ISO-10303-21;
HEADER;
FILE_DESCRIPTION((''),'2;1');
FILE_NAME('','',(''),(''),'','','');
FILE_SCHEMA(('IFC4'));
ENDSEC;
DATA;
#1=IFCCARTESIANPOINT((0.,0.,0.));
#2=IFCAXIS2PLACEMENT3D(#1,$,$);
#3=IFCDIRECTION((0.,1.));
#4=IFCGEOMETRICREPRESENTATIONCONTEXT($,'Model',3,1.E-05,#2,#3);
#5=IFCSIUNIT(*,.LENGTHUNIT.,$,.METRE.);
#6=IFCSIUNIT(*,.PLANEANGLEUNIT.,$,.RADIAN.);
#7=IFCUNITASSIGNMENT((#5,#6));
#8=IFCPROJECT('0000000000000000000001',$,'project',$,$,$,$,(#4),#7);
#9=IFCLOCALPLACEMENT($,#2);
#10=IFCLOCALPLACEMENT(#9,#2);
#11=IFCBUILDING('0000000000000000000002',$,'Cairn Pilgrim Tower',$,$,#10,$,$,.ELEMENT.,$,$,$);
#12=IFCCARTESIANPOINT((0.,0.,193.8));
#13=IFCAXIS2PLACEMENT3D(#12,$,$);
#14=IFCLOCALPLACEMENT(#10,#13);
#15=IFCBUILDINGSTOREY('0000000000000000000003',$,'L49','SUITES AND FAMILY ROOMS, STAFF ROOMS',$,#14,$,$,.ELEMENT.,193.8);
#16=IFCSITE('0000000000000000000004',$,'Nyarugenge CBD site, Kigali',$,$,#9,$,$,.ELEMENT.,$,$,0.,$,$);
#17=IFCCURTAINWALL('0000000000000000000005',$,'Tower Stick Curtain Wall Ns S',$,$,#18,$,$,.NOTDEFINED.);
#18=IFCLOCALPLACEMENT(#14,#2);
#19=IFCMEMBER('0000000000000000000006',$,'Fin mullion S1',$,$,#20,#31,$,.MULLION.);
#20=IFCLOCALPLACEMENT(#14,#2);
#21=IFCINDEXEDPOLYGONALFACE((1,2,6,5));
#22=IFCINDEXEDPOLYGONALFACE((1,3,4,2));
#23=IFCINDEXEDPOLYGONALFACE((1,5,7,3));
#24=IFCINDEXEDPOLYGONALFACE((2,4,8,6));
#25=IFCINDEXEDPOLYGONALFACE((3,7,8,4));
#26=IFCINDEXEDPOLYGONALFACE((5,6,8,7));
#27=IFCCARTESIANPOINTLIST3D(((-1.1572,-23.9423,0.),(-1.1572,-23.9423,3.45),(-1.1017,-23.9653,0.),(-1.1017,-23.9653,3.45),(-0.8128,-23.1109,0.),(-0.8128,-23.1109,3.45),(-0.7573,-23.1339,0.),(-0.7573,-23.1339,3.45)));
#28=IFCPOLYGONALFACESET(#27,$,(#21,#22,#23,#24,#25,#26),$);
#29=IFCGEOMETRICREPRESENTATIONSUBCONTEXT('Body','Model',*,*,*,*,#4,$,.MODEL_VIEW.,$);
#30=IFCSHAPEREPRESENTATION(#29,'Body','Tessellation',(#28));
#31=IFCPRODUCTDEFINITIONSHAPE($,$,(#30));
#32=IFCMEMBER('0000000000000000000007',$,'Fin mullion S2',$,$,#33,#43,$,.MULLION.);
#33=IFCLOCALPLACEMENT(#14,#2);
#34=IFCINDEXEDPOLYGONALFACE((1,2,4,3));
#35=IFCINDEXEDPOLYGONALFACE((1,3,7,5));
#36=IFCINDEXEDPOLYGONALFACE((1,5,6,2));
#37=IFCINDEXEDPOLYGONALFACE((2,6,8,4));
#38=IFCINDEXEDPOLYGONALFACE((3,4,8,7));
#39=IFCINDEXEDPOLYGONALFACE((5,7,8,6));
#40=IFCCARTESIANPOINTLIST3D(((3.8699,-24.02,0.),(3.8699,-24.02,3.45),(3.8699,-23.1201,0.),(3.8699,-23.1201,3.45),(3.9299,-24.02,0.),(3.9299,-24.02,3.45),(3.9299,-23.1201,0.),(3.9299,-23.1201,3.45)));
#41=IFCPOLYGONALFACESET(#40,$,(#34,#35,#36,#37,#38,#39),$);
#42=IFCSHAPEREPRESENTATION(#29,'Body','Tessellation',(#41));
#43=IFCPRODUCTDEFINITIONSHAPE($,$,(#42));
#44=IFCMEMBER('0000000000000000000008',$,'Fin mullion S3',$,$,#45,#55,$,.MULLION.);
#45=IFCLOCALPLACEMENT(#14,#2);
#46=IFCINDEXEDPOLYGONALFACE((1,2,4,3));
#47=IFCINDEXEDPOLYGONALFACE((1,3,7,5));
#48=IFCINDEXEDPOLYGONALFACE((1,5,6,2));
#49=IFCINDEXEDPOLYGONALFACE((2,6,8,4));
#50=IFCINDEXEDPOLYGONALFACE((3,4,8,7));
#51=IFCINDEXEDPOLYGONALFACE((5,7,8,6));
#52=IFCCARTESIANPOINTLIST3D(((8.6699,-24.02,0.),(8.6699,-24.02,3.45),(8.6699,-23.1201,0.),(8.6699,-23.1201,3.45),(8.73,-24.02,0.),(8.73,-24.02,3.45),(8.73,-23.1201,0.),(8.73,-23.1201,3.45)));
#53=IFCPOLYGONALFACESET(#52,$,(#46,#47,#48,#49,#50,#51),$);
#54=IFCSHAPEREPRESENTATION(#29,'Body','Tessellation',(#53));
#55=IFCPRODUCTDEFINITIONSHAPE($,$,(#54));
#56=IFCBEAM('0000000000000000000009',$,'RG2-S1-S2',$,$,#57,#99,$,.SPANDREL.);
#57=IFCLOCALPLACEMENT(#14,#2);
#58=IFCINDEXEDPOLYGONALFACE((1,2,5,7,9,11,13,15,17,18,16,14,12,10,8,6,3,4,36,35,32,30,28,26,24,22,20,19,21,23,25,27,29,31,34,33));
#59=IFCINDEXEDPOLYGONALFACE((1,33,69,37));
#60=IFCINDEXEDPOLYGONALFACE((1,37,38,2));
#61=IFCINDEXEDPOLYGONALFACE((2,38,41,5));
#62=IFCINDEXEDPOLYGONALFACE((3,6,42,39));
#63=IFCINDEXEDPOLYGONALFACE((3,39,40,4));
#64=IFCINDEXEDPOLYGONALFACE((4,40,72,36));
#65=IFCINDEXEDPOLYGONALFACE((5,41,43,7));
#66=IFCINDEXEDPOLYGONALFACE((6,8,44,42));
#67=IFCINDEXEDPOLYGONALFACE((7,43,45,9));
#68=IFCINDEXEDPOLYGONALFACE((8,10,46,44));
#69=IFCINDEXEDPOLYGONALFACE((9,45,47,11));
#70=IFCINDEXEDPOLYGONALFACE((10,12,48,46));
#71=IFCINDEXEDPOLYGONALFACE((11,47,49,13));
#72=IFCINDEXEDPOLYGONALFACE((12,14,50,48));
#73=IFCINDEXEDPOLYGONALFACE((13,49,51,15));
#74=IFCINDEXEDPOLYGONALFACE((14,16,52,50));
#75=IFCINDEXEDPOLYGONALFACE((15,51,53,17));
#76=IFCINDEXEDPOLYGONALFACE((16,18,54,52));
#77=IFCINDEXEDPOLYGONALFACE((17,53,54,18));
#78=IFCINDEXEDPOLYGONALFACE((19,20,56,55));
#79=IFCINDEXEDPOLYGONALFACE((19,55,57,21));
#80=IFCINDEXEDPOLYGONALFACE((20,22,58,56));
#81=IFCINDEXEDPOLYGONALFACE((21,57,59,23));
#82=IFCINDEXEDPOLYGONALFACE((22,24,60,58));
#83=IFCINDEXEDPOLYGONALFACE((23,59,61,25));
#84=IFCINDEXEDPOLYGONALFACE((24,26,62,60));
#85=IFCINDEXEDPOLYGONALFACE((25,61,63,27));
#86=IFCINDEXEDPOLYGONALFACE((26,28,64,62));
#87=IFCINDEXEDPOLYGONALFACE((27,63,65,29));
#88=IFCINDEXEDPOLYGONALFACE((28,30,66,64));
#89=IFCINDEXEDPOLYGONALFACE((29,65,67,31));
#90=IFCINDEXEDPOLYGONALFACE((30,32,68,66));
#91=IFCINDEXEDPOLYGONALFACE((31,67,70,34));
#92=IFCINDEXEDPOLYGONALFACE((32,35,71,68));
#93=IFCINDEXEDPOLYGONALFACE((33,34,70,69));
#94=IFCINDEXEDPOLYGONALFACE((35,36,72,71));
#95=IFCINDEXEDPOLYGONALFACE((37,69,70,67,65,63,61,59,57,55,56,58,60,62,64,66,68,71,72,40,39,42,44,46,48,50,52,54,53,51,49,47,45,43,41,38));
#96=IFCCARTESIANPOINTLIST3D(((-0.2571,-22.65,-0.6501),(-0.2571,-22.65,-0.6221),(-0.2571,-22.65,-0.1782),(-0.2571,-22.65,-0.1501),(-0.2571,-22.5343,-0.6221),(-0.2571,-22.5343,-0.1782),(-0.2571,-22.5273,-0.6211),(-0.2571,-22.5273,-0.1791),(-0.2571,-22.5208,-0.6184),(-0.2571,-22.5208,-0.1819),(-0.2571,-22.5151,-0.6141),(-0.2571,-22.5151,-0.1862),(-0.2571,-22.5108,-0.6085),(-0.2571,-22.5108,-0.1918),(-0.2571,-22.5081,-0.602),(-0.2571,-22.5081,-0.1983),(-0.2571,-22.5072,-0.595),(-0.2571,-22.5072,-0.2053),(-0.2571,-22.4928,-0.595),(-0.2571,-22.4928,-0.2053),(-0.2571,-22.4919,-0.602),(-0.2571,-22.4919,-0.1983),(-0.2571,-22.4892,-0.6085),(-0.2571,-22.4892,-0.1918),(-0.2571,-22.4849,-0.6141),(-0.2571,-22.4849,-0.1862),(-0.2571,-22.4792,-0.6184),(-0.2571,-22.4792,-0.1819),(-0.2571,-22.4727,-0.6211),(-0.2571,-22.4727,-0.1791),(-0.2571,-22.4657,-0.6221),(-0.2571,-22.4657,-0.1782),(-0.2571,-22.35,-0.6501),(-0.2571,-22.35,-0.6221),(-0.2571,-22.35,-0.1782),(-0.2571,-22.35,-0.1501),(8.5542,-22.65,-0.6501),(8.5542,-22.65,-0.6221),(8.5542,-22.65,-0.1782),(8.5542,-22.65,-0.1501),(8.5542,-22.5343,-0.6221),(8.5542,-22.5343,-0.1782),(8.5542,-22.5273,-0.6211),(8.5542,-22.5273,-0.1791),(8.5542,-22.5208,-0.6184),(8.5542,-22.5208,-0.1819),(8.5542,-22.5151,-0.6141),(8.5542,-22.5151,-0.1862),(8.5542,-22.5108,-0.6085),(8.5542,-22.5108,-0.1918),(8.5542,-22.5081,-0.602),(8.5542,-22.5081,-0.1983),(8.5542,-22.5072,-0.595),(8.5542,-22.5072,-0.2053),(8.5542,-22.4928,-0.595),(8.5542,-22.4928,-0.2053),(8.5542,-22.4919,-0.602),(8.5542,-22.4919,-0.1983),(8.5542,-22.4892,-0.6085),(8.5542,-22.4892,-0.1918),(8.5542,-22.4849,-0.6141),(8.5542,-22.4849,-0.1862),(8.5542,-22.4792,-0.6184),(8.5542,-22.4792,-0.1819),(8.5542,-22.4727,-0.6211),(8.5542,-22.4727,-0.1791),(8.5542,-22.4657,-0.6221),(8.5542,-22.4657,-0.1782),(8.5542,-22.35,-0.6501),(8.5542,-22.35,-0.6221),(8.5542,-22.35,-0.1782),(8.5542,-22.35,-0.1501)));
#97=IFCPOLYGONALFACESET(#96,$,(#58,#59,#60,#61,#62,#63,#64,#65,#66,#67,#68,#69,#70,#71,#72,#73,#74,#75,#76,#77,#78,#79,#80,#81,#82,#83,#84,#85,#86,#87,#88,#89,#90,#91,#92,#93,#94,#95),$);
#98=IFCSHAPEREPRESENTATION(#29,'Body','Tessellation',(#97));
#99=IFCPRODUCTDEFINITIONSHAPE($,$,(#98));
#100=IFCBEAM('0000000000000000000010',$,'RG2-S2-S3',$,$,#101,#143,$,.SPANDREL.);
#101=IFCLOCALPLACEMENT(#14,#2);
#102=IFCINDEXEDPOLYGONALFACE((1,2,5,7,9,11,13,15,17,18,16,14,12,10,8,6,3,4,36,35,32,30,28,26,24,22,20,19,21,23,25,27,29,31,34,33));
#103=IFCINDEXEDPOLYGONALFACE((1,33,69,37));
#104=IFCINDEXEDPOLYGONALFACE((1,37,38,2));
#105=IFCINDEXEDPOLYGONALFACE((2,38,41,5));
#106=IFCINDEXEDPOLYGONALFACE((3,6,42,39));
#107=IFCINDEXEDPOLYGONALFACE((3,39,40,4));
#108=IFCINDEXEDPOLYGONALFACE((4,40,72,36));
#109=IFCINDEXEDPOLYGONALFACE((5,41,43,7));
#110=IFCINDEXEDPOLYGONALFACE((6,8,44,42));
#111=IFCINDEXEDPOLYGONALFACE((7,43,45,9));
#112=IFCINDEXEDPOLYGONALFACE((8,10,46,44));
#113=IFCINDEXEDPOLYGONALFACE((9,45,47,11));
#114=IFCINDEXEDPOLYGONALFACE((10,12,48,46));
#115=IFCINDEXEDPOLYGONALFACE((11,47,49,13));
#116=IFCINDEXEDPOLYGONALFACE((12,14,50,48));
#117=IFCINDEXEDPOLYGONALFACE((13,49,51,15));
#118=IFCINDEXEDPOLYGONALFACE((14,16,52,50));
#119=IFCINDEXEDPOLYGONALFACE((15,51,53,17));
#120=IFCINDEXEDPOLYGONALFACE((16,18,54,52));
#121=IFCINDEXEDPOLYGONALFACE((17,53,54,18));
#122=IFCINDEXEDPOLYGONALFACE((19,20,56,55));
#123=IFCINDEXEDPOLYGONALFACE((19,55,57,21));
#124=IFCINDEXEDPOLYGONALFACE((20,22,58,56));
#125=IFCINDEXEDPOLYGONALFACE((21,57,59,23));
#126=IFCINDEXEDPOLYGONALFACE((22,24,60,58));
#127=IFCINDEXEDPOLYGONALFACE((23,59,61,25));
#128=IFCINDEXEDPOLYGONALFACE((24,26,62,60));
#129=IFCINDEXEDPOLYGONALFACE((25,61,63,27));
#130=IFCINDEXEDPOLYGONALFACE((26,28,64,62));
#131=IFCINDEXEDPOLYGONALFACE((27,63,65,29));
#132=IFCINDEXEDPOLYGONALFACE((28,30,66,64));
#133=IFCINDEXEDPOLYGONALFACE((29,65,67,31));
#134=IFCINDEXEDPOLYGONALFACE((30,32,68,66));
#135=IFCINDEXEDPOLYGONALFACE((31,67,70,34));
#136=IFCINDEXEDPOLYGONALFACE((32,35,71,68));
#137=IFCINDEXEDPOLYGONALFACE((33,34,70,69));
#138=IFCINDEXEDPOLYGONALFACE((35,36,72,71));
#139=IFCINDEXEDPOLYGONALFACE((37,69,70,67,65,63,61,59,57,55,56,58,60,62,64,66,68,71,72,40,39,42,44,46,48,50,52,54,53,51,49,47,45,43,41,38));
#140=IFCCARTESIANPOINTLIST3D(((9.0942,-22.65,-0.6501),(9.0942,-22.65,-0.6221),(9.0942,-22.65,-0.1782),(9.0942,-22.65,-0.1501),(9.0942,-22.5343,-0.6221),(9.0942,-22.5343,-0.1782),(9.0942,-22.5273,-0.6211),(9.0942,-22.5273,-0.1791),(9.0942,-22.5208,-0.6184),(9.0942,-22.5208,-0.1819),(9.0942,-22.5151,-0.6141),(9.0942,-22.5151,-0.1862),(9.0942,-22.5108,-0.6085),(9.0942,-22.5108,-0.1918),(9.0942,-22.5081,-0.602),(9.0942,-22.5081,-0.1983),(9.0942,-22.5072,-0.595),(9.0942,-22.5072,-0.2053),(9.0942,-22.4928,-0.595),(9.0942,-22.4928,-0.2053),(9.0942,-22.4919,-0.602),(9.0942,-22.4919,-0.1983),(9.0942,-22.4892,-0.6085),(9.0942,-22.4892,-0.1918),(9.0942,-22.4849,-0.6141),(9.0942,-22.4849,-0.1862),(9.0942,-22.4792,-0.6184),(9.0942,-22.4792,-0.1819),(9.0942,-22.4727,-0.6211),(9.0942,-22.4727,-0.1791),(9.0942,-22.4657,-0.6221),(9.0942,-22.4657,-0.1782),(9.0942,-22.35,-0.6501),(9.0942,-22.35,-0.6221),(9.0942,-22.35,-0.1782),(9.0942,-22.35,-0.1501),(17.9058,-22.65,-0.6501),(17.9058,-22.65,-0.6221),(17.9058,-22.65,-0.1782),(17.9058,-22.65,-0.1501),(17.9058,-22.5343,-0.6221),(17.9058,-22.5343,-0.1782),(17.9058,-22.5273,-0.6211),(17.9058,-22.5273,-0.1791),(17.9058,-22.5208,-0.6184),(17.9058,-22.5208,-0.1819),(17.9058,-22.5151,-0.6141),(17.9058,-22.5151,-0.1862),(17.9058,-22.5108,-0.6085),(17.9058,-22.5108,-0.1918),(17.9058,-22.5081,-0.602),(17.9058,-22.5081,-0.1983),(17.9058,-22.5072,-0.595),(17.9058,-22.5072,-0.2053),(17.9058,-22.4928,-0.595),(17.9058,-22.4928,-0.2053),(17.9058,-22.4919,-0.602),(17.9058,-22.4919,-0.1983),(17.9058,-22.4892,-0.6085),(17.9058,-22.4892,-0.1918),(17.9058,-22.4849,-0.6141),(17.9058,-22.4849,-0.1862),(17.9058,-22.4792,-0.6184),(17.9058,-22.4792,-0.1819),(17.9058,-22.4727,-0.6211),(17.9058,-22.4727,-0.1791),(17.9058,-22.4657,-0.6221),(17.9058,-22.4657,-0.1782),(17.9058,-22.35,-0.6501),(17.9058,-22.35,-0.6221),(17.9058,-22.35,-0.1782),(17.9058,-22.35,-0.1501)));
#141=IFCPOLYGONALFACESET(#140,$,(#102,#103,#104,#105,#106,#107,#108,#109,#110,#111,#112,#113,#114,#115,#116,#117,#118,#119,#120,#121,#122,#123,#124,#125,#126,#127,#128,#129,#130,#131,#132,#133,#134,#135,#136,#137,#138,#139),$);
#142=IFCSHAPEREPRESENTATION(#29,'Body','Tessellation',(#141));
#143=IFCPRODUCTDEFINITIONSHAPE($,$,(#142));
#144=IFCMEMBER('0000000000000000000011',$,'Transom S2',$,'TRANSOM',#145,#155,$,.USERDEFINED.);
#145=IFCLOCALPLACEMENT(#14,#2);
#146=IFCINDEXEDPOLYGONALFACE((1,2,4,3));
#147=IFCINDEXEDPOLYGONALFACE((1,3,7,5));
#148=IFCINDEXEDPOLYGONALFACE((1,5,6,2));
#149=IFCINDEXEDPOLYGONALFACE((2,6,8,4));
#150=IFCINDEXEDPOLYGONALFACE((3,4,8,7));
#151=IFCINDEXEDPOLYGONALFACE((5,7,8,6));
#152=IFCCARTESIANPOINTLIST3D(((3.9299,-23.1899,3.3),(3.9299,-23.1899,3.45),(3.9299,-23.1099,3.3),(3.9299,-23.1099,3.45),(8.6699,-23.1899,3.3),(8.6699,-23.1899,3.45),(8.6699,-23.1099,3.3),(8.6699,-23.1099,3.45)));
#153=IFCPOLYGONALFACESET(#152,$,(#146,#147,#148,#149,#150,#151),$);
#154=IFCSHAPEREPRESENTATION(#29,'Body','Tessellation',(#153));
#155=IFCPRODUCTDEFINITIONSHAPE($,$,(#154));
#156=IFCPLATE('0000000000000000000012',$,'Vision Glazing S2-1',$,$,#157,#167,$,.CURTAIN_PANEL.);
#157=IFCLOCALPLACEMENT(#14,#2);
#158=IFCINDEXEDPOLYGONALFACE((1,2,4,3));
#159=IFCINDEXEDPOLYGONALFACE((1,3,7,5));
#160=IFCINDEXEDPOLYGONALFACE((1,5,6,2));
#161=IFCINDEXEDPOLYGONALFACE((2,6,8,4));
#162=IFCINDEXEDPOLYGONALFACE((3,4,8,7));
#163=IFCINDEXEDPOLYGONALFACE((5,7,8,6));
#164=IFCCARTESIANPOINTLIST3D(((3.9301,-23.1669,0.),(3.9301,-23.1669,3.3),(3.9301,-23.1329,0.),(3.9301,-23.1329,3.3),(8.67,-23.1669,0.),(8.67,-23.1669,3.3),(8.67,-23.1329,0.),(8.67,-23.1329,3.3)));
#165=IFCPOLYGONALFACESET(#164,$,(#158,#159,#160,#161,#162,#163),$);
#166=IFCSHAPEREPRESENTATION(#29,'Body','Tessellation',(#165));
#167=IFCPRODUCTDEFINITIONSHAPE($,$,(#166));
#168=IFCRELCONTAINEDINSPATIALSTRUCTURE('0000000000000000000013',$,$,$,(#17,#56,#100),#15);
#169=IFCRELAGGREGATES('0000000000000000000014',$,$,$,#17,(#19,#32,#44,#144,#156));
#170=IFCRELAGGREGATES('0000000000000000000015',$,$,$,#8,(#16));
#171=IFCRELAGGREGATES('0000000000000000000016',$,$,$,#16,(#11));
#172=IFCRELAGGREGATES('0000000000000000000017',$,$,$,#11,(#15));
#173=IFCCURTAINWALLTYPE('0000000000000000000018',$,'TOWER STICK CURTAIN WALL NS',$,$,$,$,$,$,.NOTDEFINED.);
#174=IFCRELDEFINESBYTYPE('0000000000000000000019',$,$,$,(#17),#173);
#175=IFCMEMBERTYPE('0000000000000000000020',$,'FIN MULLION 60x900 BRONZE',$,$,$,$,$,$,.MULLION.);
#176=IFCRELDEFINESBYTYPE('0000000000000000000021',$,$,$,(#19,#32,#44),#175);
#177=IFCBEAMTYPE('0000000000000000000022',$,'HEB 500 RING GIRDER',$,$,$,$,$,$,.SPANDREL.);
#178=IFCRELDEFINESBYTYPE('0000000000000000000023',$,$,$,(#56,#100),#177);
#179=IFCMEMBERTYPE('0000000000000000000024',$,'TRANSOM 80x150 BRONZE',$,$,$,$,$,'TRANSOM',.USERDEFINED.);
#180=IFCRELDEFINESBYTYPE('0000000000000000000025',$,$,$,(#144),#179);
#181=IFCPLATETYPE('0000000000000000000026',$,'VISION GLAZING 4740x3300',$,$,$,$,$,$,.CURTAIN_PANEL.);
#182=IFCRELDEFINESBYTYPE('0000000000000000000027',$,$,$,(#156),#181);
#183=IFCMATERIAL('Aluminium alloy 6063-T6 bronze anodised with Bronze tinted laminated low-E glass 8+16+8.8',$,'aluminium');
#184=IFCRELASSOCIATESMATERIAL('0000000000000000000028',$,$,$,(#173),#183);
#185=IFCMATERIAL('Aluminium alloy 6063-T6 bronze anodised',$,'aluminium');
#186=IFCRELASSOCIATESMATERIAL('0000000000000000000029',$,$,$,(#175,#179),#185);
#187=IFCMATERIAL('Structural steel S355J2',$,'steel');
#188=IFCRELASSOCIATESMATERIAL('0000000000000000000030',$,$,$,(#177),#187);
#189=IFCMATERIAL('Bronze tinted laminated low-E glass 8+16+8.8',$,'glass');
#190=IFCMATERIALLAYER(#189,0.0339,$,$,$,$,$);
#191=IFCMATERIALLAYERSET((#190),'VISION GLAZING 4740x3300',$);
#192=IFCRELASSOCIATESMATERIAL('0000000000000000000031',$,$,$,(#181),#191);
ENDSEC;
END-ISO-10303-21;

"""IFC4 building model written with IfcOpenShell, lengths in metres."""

from ifc_helpers import new_model, si_unit, direction, frame, origin, origin_2d, place, context, subcontext, project, spatial, rectangle, i_section, extrude, material, layer, layer_set, material_profile, profile_set, type_object, element, aggregate, save


model = new_model("IFC4")

# Units and contexts
model_context = context("Model", 3, precision=1e-05, world=origin(), true_north=direction((0.0, 1.0)))
body_context = subcontext(model_context, "Body", "Model", "MODEL_VIEW")
ifc_project = project(units=[si_unit("LENGTHUNIT", "METRE"), si_unit("PLANEANGLEUNIT", "RADIAN")], contexts=[model_context])

# Site, building, storey
site_placement = place(None, origin())
site = spatial("IfcSite", under=ifc_project, at=site_placement, Name="Nyarugenge CBD site, Kigali", CompositionType="ELEMENT", RefElevation=0.0)
building_placement = place(site_placement, origin())
building = spatial("IfcBuilding", under=site, at=building_placement, Name="Cairn Pilgrim Tower", CompositionType="ELEMENT")
storey_placement = place(building_placement, frame((0.0, 0.0, 193.8)))
storey = spatial("IfcBuildingStorey", under=building, at=storey_placement, Name="L49", Description="SUITES AND FAMILY ROOMS, STAFF ROOMS", CompositionType="ELEMENT", Elevation=193.8)

# Curtain wall, members
ifc_material_1 = material(Name="Aluminium alloy 6063-T6 bronze anodised with Bronze tinted laminated low-E glass 8+16+8.8", Category="aluminium")
curtain_wall_type = type_object("IfcCurtainWallType", Name="TOWER STICK CURTAIN WALL NS", PredefinedType="NOTDEFINED", material=ifc_material_1)
curtain_wall_placement = place(storey_placement, origin())
curtain_wall = element("IfcCurtainWall", 1, at=curtain_wall_placement, inside=storey, type_object=curtain_wall_type, Name="Tower Stick Curtain Wall Ns S", PredefinedType="NOTDEFINED")
ifc_material_2 = material(Name="Aluminium alloy 6063-T6 bronze anodised", Category="aluminium")
ifc_material_profile_1 = material_profile(ifc_material_2, rectangle(XDim=0.8999, YDim=0.0601, at=origin_2d()), Name="FIN MULLION 60x900 BRONZE")
ifc_profile_set_1 = profile_set([ifc_material_profile_1], Name="Aluminium alloy 6063-T6 bronze anodised")
member_type_1 = type_object("IfcMemberType", Name="FIN MULLION 60x900 BRONZE", PredefinedType="MULLION", material=ifc_profile_set_1)
member_1_placement = place(storey_placement, frame((-0.9573, -23.5381, 0.0), z_axis=(0.0, 0.0, 1.0), x_axis=(-0.382683, -0.92388, 0.0)))
member_1 = element("IfcMember", 2, at=member_1_placement, type_object=member_type_1, Name="Fin mullion S1", PredefinedType="MULLION", context=body_context, shape_type="SweptSolid", body=[
    extrude(rectangle(XDim=0.8999, YDim=0.0601, at=origin_2d()), origin(), (0.0, 0.0, 1.0), 3.45),
])
member_2_placement = place(storey_placement, frame((3.8999, -23.5701, 0.0), z_axis=(0.0, 0.0, 1.0), x_axis=(0.0, -1.0, 0.0)))
member_2 = element("IfcMember", 3, at=member_2_placement, type_object=member_type_1, Name="Fin mullion S2", PredefinedType="MULLION", context=body_context, shape_type="SweptSolid", body=[
    extrude(rectangle(XDim=0.8999, YDim=0.0601, at=origin_2d()), origin(), (0.0, 0.0, 1.0), 3.45),
])
member_3_placement = place(storey_placement, frame((8.7, -23.5701, 0.0), z_axis=(0.0, 0.0, 1.0), x_axis=(0.0, -1.0, 0.0)))
member_3 = element("IfcMember", 4, at=member_3_placement, type_object=member_type_1, Name="Fin mullion S3", PredefinedType="MULLION", context=body_context, shape_type="SweptSolid", body=[
    extrude(rectangle(XDim=0.8999, YDim=0.0601, at=origin_2d()), origin(), (0.0, 0.0, 1.0), 3.45),
])

# Beams
ifc_material_3 = material(Name="Structural steel S355J2", Category="steel")
ifc_material_profile_2 = material_profile(ifc_material_3, i_section(OverallWidth=0.3, OverallDepth=0.5, WebThickness=0.0144, FlangeThickness=0.0281, FilletRadius=0.0271, at=origin_2d()), Name="HEB 500")
ifc_profile_set_2 = profile_set([ifc_material_profile_2], Name="Structural steel S355J2")
beam_type = type_object("IfcBeamType", Name="HEB 500 RING GIRDER", PredefinedType="SPANDREL", material=ifc_profile_set_2)
beam_1_placement = place(storey_placement, frame((-0.2571, -22.5, -0.4001), z_axis=(1.0, 0.0, 0.0), x_axis=(0.0, 1.0, 0.0)))
element("IfcBeam", 5, at=beam_1_placement, inside=storey, type_object=beam_type, Name="RG2-S1-S2", PredefinedType="SPANDREL", context=body_context, shape_type="SweptSolid", body=[
    extrude(i_section(OverallWidth=0.3, OverallDepth=0.5, WebThickness=0.0144, FlangeThickness=0.0281, FilletRadius=0.0271, at=origin_2d()), origin(), (0.0, 0.0, 1.0), 8.8113),
])
beam_2_placement = place(storey_placement, frame((9.0942, -22.5, -0.4001), z_axis=(1.0, 0.0, 0.0), x_axis=(0.0, 1.0, 0.0)))
element("IfcBeam", 6, at=beam_2_placement, inside=storey, type_object=beam_type, Name="RG2-S2-S3", PredefinedType="SPANDREL", context=body_context, shape_type="SweptSolid", body=[
    extrude(i_section(OverallWidth=0.3, OverallDepth=0.5, WebThickness=0.0144, FlangeThickness=0.0281, FilletRadius=0.0271, at=origin_2d()), origin(), (0.0, 0.0, 1.0), 8.8115),
])

# Member
ifc_material_profile_3 = material_profile(ifc_material_2, rectangle(XDim=0.0801, YDim=0.1499, at=origin_2d()), Name="TRANSOM 80x150 BRONZE")
ifc_profile_set_3 = profile_set([ifc_material_profile_3], Name="Aluminium alloy 6063-T6 bronze anodised")
member_type_2 = type_object("IfcMemberType", Name="TRANSOM 80x150 BRONZE", ElementType="TRANSOM", PredefinedType="USERDEFINED", material=ifc_profile_set_3)
member_4_placement = place(storey_placement, frame((3.9299, -23.1499, 3.375), z_axis=(1.0, 0.0, 0.0), x_axis=(0.0, 1.0, 0.0)))
member_4 = element("IfcMember", 7, at=member_4_placement, type_object=member_type_2, Name="Transom S2", ObjectType="TRANSOM", PredefinedType="USERDEFINED", context=body_context, shape_type="SweptSolid", body=[
    extrude(rectangle(XDim=0.0801, YDim=0.1499, at=origin_2d()), origin(), (0.0, 0.0, 1.0), 4.74),
])

# Plate
ifc_material_4 = material(Name="Bronze tinted laminated low-E glass 8+16+8.8", Category="glass")
ifc_layer_1 = layer(ifc_material_4, 0.0339)
ifc_layer_set_1 = layer_set([ifc_layer_1], Name="VISION GLAZING 4740x3300")
plate_type = type_object("IfcPlateType", Name="VISION GLAZING 4740x3300", PredefinedType="CURTAIN_PANEL", material=ifc_layer_set_1)
plate_placement = place(storey_placement, frame((6.3, -23.1499, 0.0), z_axis=(0.0, 0.0, 1.0), x_axis=(1.0, 0.0, 0.0)))
plate = element("IfcPlate", 8, at=plate_placement, type_object=plate_type, Name="Vision Glazing S2-1", PredefinedType="CURTAIN_PANEL", context=body_context, shape_type="SweptSolid", body=[
    extrude(rectangle(XDim=4.74, YDim=0.0339, at=origin_2d()), origin(), (0.0, 0.0, 1.0), 3.3),
])
aggregate(curtain_wall, [member_1, member_2, member_3, member_4, plate])

save(model, "model.ifc")
